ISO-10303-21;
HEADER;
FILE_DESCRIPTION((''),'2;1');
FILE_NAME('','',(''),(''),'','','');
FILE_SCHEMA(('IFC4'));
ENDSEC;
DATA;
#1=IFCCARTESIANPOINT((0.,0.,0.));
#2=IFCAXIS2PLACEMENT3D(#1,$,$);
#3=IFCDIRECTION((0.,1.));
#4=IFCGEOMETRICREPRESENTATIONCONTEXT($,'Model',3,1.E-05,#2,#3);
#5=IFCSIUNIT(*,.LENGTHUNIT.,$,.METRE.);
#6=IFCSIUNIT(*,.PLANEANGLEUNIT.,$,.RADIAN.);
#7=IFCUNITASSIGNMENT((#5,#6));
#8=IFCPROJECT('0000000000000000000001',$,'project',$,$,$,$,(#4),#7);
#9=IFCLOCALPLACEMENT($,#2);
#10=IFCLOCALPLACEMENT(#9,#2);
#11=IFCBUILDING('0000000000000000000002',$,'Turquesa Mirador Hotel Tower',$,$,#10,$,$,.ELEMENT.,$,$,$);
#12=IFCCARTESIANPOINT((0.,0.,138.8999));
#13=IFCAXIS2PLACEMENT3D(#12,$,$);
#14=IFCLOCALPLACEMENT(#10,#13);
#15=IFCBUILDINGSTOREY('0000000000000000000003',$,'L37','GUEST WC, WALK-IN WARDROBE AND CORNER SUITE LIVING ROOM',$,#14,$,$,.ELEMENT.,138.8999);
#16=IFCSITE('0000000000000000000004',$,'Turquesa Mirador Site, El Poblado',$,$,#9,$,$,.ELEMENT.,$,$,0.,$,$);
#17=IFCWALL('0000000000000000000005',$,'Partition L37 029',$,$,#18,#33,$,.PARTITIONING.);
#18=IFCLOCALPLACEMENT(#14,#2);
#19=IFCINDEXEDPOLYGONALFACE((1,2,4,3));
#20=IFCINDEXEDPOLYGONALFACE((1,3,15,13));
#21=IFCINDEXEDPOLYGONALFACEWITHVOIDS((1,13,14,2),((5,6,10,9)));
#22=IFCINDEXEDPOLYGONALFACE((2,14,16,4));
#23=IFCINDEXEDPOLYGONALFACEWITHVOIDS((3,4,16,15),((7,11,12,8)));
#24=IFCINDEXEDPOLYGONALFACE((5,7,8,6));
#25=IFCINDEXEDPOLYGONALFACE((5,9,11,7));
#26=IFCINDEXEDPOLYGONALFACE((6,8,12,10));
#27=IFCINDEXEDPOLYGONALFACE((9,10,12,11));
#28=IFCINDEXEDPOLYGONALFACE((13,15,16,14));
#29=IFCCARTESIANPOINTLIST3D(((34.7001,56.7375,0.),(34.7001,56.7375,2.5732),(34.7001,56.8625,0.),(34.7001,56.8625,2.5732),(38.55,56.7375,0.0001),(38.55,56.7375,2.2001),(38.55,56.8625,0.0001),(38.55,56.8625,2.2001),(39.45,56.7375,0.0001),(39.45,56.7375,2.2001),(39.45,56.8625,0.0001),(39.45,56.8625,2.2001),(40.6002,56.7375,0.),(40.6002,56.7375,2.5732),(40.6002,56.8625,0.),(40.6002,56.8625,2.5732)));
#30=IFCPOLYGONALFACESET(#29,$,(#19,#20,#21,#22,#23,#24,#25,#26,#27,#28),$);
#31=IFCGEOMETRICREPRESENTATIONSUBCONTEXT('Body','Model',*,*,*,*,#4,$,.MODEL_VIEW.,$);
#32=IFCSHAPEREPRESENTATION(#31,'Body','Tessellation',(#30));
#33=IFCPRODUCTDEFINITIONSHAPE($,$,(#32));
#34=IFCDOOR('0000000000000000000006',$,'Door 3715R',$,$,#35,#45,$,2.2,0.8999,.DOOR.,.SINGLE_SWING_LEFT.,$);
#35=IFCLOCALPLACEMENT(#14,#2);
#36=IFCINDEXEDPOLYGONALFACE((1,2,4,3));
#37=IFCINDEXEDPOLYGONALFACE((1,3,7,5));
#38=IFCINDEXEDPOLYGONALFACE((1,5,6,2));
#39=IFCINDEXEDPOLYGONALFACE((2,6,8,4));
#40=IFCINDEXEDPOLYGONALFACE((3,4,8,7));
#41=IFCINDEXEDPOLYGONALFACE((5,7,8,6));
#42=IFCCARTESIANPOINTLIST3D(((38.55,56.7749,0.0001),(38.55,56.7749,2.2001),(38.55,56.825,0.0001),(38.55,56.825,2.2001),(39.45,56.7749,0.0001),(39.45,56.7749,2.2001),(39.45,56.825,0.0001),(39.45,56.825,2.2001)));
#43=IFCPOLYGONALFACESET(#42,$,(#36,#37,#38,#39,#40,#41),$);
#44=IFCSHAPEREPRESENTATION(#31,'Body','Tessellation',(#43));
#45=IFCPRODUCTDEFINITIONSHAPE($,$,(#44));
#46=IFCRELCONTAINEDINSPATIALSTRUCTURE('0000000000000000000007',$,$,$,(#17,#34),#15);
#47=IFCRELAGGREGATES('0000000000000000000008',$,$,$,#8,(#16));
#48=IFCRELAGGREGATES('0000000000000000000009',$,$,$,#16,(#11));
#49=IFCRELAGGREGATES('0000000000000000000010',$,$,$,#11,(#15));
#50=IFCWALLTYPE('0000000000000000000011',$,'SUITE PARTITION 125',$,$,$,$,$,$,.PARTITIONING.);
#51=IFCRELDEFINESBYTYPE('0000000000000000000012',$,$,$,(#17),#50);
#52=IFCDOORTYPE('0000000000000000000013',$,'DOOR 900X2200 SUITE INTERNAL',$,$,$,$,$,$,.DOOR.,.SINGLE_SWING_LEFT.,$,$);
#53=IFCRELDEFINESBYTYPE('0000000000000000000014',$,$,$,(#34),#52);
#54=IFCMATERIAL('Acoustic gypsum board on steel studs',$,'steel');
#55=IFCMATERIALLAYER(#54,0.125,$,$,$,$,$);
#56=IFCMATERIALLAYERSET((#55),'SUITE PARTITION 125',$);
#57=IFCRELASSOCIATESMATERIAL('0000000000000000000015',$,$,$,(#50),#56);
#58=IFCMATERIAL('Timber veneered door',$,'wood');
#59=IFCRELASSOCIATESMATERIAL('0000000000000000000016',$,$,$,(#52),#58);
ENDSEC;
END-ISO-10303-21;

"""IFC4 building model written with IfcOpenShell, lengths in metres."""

from ifc_helpers import new_model, si_unit, direction, frame, frame_2d, origin, place, context, subcontext, project, spatial, rectangle, extrude, material, layer, layer_set, type_object, element, fill, save


model = new_model("IFC4")

# Units and contexts
model_context = context("Model", 3, precision=1e-05, world=origin(), true_north=direction((0.0, 1.0)))
body_context = subcontext(model_context, "Body", "Model", "MODEL_VIEW")
ifc_project = project(units=[si_unit("LENGTHUNIT", "METRE"), si_unit("PLANEANGLEUNIT", "RADIAN")], contexts=[model_context])

# Site, building, storey
site_placement = place(None, origin())
site = spatial("IfcSite", under=ifc_project, at=site_placement, Name="Turquesa Mirador Site, El Poblado", CompositionType="ELEMENT", RefElevation=0.0)
building_placement = place(site_placement, origin())
building = spatial("IfcBuilding", under=site, at=building_placement, Name="Turquesa Mirador Hotel Tower", CompositionType="ELEMENT")
storey_placement = place(building_placement, frame((0.0, 0.0, 138.8999)))
storey = spatial("IfcBuildingStorey", under=building, at=storey_placement, Name="L37", Description="GUEST WC, WALK-IN WARDROBE AND CORNER SUITE LIVING ROOM", CompositionType="ELEMENT", Elevation=138.8999)

# Wall, opening, door
ifc_material_1 = material(Name="Acoustic gypsum board on steel studs", Category="steel")
ifc_layer_1 = layer(ifc_material_1, 0.125)
ifc_layer_set_1 = layer_set([ifc_layer_1], Name="SUITE PARTITION 125")
wall_type_1 = type_object("IfcWallType", Name="SUITE PARTITION 125", PredefinedType="PARTITIONING", material=ifc_layer_set_1)
wall_1_placement = place(storey_placement, frame((34.7, 56.8, 0.0), z_axis=(0.0, 0.0, 1.0), x_axis=(1.0, 0.0, 0.0)))
wall_1 = element("IfcWall", 1, at=wall_1_placement, inside=storey, type_object=wall_type_1, Name="Partition L37 029", PredefinedType="PARTITIONING", context=body_context, shape_type="SweptSolid", body=[
    extrude(rectangle(XDim=5.9001, YDim=0.125, at=frame_2d((2.9502, 0.0))), origin(), (0.0, 0.0, 1.0), 2.5732),
])
opening_1_placement = place(wall_1_placement, frame((3.8501, 0.0, 0.0)))
opening_1 = element("IfcOpeningElement", 2, at=opening_1_placement, cuts=wall_1, PredefinedType="OPENING", context=body_context, shape_type="SweptSolid", body=[
    extrude(rectangle(XDim=0.8999, YDim=2.2, at=frame_2d((0.45, 1.1001))), frame((0.0, 0.0725, 0.0), z_axis=(0.0, -1.0, 0.0), x_axis=(1.0, 0.0, 0.0)), (0.0, 0.0, 1.0), 0.145),
])
ifc_material_2 = material(Name="Timber veneered door", Category="wood")
door_type = type_object("IfcDoorType", Name="DOOR 900X2200 SUITE INTERNAL", OperationType="SINGLE_SWING_LEFT", PredefinedType="DOOR", material=ifc_material_2)
door_placement = place(opening_1_placement, origin())
door = element("IfcDoor", 3, at=door_placement, inside=storey, type_object=door_type, Name="Door 3715R", OperationType="SINGLE_SWING_LEFT", OverallHeight=2.2, OverallWidth=0.8999, PredefinedType="DOOR", context=body_context, shape_type="SweptSolid", body=[
    extrude(rectangle(XDim=0.8999, YDim=2.2, at=frame_2d((0.45, 1.1001))), frame((0.0, 0.0249, 0.0), z_axis=(0.0, -1.0, 0.0), x_axis=(1.0, 0.0, 0.0)), (0.0, 0.0, 1.0), 0.05),
])
fill(opening_1, door)

save(model, "model.ifc")
